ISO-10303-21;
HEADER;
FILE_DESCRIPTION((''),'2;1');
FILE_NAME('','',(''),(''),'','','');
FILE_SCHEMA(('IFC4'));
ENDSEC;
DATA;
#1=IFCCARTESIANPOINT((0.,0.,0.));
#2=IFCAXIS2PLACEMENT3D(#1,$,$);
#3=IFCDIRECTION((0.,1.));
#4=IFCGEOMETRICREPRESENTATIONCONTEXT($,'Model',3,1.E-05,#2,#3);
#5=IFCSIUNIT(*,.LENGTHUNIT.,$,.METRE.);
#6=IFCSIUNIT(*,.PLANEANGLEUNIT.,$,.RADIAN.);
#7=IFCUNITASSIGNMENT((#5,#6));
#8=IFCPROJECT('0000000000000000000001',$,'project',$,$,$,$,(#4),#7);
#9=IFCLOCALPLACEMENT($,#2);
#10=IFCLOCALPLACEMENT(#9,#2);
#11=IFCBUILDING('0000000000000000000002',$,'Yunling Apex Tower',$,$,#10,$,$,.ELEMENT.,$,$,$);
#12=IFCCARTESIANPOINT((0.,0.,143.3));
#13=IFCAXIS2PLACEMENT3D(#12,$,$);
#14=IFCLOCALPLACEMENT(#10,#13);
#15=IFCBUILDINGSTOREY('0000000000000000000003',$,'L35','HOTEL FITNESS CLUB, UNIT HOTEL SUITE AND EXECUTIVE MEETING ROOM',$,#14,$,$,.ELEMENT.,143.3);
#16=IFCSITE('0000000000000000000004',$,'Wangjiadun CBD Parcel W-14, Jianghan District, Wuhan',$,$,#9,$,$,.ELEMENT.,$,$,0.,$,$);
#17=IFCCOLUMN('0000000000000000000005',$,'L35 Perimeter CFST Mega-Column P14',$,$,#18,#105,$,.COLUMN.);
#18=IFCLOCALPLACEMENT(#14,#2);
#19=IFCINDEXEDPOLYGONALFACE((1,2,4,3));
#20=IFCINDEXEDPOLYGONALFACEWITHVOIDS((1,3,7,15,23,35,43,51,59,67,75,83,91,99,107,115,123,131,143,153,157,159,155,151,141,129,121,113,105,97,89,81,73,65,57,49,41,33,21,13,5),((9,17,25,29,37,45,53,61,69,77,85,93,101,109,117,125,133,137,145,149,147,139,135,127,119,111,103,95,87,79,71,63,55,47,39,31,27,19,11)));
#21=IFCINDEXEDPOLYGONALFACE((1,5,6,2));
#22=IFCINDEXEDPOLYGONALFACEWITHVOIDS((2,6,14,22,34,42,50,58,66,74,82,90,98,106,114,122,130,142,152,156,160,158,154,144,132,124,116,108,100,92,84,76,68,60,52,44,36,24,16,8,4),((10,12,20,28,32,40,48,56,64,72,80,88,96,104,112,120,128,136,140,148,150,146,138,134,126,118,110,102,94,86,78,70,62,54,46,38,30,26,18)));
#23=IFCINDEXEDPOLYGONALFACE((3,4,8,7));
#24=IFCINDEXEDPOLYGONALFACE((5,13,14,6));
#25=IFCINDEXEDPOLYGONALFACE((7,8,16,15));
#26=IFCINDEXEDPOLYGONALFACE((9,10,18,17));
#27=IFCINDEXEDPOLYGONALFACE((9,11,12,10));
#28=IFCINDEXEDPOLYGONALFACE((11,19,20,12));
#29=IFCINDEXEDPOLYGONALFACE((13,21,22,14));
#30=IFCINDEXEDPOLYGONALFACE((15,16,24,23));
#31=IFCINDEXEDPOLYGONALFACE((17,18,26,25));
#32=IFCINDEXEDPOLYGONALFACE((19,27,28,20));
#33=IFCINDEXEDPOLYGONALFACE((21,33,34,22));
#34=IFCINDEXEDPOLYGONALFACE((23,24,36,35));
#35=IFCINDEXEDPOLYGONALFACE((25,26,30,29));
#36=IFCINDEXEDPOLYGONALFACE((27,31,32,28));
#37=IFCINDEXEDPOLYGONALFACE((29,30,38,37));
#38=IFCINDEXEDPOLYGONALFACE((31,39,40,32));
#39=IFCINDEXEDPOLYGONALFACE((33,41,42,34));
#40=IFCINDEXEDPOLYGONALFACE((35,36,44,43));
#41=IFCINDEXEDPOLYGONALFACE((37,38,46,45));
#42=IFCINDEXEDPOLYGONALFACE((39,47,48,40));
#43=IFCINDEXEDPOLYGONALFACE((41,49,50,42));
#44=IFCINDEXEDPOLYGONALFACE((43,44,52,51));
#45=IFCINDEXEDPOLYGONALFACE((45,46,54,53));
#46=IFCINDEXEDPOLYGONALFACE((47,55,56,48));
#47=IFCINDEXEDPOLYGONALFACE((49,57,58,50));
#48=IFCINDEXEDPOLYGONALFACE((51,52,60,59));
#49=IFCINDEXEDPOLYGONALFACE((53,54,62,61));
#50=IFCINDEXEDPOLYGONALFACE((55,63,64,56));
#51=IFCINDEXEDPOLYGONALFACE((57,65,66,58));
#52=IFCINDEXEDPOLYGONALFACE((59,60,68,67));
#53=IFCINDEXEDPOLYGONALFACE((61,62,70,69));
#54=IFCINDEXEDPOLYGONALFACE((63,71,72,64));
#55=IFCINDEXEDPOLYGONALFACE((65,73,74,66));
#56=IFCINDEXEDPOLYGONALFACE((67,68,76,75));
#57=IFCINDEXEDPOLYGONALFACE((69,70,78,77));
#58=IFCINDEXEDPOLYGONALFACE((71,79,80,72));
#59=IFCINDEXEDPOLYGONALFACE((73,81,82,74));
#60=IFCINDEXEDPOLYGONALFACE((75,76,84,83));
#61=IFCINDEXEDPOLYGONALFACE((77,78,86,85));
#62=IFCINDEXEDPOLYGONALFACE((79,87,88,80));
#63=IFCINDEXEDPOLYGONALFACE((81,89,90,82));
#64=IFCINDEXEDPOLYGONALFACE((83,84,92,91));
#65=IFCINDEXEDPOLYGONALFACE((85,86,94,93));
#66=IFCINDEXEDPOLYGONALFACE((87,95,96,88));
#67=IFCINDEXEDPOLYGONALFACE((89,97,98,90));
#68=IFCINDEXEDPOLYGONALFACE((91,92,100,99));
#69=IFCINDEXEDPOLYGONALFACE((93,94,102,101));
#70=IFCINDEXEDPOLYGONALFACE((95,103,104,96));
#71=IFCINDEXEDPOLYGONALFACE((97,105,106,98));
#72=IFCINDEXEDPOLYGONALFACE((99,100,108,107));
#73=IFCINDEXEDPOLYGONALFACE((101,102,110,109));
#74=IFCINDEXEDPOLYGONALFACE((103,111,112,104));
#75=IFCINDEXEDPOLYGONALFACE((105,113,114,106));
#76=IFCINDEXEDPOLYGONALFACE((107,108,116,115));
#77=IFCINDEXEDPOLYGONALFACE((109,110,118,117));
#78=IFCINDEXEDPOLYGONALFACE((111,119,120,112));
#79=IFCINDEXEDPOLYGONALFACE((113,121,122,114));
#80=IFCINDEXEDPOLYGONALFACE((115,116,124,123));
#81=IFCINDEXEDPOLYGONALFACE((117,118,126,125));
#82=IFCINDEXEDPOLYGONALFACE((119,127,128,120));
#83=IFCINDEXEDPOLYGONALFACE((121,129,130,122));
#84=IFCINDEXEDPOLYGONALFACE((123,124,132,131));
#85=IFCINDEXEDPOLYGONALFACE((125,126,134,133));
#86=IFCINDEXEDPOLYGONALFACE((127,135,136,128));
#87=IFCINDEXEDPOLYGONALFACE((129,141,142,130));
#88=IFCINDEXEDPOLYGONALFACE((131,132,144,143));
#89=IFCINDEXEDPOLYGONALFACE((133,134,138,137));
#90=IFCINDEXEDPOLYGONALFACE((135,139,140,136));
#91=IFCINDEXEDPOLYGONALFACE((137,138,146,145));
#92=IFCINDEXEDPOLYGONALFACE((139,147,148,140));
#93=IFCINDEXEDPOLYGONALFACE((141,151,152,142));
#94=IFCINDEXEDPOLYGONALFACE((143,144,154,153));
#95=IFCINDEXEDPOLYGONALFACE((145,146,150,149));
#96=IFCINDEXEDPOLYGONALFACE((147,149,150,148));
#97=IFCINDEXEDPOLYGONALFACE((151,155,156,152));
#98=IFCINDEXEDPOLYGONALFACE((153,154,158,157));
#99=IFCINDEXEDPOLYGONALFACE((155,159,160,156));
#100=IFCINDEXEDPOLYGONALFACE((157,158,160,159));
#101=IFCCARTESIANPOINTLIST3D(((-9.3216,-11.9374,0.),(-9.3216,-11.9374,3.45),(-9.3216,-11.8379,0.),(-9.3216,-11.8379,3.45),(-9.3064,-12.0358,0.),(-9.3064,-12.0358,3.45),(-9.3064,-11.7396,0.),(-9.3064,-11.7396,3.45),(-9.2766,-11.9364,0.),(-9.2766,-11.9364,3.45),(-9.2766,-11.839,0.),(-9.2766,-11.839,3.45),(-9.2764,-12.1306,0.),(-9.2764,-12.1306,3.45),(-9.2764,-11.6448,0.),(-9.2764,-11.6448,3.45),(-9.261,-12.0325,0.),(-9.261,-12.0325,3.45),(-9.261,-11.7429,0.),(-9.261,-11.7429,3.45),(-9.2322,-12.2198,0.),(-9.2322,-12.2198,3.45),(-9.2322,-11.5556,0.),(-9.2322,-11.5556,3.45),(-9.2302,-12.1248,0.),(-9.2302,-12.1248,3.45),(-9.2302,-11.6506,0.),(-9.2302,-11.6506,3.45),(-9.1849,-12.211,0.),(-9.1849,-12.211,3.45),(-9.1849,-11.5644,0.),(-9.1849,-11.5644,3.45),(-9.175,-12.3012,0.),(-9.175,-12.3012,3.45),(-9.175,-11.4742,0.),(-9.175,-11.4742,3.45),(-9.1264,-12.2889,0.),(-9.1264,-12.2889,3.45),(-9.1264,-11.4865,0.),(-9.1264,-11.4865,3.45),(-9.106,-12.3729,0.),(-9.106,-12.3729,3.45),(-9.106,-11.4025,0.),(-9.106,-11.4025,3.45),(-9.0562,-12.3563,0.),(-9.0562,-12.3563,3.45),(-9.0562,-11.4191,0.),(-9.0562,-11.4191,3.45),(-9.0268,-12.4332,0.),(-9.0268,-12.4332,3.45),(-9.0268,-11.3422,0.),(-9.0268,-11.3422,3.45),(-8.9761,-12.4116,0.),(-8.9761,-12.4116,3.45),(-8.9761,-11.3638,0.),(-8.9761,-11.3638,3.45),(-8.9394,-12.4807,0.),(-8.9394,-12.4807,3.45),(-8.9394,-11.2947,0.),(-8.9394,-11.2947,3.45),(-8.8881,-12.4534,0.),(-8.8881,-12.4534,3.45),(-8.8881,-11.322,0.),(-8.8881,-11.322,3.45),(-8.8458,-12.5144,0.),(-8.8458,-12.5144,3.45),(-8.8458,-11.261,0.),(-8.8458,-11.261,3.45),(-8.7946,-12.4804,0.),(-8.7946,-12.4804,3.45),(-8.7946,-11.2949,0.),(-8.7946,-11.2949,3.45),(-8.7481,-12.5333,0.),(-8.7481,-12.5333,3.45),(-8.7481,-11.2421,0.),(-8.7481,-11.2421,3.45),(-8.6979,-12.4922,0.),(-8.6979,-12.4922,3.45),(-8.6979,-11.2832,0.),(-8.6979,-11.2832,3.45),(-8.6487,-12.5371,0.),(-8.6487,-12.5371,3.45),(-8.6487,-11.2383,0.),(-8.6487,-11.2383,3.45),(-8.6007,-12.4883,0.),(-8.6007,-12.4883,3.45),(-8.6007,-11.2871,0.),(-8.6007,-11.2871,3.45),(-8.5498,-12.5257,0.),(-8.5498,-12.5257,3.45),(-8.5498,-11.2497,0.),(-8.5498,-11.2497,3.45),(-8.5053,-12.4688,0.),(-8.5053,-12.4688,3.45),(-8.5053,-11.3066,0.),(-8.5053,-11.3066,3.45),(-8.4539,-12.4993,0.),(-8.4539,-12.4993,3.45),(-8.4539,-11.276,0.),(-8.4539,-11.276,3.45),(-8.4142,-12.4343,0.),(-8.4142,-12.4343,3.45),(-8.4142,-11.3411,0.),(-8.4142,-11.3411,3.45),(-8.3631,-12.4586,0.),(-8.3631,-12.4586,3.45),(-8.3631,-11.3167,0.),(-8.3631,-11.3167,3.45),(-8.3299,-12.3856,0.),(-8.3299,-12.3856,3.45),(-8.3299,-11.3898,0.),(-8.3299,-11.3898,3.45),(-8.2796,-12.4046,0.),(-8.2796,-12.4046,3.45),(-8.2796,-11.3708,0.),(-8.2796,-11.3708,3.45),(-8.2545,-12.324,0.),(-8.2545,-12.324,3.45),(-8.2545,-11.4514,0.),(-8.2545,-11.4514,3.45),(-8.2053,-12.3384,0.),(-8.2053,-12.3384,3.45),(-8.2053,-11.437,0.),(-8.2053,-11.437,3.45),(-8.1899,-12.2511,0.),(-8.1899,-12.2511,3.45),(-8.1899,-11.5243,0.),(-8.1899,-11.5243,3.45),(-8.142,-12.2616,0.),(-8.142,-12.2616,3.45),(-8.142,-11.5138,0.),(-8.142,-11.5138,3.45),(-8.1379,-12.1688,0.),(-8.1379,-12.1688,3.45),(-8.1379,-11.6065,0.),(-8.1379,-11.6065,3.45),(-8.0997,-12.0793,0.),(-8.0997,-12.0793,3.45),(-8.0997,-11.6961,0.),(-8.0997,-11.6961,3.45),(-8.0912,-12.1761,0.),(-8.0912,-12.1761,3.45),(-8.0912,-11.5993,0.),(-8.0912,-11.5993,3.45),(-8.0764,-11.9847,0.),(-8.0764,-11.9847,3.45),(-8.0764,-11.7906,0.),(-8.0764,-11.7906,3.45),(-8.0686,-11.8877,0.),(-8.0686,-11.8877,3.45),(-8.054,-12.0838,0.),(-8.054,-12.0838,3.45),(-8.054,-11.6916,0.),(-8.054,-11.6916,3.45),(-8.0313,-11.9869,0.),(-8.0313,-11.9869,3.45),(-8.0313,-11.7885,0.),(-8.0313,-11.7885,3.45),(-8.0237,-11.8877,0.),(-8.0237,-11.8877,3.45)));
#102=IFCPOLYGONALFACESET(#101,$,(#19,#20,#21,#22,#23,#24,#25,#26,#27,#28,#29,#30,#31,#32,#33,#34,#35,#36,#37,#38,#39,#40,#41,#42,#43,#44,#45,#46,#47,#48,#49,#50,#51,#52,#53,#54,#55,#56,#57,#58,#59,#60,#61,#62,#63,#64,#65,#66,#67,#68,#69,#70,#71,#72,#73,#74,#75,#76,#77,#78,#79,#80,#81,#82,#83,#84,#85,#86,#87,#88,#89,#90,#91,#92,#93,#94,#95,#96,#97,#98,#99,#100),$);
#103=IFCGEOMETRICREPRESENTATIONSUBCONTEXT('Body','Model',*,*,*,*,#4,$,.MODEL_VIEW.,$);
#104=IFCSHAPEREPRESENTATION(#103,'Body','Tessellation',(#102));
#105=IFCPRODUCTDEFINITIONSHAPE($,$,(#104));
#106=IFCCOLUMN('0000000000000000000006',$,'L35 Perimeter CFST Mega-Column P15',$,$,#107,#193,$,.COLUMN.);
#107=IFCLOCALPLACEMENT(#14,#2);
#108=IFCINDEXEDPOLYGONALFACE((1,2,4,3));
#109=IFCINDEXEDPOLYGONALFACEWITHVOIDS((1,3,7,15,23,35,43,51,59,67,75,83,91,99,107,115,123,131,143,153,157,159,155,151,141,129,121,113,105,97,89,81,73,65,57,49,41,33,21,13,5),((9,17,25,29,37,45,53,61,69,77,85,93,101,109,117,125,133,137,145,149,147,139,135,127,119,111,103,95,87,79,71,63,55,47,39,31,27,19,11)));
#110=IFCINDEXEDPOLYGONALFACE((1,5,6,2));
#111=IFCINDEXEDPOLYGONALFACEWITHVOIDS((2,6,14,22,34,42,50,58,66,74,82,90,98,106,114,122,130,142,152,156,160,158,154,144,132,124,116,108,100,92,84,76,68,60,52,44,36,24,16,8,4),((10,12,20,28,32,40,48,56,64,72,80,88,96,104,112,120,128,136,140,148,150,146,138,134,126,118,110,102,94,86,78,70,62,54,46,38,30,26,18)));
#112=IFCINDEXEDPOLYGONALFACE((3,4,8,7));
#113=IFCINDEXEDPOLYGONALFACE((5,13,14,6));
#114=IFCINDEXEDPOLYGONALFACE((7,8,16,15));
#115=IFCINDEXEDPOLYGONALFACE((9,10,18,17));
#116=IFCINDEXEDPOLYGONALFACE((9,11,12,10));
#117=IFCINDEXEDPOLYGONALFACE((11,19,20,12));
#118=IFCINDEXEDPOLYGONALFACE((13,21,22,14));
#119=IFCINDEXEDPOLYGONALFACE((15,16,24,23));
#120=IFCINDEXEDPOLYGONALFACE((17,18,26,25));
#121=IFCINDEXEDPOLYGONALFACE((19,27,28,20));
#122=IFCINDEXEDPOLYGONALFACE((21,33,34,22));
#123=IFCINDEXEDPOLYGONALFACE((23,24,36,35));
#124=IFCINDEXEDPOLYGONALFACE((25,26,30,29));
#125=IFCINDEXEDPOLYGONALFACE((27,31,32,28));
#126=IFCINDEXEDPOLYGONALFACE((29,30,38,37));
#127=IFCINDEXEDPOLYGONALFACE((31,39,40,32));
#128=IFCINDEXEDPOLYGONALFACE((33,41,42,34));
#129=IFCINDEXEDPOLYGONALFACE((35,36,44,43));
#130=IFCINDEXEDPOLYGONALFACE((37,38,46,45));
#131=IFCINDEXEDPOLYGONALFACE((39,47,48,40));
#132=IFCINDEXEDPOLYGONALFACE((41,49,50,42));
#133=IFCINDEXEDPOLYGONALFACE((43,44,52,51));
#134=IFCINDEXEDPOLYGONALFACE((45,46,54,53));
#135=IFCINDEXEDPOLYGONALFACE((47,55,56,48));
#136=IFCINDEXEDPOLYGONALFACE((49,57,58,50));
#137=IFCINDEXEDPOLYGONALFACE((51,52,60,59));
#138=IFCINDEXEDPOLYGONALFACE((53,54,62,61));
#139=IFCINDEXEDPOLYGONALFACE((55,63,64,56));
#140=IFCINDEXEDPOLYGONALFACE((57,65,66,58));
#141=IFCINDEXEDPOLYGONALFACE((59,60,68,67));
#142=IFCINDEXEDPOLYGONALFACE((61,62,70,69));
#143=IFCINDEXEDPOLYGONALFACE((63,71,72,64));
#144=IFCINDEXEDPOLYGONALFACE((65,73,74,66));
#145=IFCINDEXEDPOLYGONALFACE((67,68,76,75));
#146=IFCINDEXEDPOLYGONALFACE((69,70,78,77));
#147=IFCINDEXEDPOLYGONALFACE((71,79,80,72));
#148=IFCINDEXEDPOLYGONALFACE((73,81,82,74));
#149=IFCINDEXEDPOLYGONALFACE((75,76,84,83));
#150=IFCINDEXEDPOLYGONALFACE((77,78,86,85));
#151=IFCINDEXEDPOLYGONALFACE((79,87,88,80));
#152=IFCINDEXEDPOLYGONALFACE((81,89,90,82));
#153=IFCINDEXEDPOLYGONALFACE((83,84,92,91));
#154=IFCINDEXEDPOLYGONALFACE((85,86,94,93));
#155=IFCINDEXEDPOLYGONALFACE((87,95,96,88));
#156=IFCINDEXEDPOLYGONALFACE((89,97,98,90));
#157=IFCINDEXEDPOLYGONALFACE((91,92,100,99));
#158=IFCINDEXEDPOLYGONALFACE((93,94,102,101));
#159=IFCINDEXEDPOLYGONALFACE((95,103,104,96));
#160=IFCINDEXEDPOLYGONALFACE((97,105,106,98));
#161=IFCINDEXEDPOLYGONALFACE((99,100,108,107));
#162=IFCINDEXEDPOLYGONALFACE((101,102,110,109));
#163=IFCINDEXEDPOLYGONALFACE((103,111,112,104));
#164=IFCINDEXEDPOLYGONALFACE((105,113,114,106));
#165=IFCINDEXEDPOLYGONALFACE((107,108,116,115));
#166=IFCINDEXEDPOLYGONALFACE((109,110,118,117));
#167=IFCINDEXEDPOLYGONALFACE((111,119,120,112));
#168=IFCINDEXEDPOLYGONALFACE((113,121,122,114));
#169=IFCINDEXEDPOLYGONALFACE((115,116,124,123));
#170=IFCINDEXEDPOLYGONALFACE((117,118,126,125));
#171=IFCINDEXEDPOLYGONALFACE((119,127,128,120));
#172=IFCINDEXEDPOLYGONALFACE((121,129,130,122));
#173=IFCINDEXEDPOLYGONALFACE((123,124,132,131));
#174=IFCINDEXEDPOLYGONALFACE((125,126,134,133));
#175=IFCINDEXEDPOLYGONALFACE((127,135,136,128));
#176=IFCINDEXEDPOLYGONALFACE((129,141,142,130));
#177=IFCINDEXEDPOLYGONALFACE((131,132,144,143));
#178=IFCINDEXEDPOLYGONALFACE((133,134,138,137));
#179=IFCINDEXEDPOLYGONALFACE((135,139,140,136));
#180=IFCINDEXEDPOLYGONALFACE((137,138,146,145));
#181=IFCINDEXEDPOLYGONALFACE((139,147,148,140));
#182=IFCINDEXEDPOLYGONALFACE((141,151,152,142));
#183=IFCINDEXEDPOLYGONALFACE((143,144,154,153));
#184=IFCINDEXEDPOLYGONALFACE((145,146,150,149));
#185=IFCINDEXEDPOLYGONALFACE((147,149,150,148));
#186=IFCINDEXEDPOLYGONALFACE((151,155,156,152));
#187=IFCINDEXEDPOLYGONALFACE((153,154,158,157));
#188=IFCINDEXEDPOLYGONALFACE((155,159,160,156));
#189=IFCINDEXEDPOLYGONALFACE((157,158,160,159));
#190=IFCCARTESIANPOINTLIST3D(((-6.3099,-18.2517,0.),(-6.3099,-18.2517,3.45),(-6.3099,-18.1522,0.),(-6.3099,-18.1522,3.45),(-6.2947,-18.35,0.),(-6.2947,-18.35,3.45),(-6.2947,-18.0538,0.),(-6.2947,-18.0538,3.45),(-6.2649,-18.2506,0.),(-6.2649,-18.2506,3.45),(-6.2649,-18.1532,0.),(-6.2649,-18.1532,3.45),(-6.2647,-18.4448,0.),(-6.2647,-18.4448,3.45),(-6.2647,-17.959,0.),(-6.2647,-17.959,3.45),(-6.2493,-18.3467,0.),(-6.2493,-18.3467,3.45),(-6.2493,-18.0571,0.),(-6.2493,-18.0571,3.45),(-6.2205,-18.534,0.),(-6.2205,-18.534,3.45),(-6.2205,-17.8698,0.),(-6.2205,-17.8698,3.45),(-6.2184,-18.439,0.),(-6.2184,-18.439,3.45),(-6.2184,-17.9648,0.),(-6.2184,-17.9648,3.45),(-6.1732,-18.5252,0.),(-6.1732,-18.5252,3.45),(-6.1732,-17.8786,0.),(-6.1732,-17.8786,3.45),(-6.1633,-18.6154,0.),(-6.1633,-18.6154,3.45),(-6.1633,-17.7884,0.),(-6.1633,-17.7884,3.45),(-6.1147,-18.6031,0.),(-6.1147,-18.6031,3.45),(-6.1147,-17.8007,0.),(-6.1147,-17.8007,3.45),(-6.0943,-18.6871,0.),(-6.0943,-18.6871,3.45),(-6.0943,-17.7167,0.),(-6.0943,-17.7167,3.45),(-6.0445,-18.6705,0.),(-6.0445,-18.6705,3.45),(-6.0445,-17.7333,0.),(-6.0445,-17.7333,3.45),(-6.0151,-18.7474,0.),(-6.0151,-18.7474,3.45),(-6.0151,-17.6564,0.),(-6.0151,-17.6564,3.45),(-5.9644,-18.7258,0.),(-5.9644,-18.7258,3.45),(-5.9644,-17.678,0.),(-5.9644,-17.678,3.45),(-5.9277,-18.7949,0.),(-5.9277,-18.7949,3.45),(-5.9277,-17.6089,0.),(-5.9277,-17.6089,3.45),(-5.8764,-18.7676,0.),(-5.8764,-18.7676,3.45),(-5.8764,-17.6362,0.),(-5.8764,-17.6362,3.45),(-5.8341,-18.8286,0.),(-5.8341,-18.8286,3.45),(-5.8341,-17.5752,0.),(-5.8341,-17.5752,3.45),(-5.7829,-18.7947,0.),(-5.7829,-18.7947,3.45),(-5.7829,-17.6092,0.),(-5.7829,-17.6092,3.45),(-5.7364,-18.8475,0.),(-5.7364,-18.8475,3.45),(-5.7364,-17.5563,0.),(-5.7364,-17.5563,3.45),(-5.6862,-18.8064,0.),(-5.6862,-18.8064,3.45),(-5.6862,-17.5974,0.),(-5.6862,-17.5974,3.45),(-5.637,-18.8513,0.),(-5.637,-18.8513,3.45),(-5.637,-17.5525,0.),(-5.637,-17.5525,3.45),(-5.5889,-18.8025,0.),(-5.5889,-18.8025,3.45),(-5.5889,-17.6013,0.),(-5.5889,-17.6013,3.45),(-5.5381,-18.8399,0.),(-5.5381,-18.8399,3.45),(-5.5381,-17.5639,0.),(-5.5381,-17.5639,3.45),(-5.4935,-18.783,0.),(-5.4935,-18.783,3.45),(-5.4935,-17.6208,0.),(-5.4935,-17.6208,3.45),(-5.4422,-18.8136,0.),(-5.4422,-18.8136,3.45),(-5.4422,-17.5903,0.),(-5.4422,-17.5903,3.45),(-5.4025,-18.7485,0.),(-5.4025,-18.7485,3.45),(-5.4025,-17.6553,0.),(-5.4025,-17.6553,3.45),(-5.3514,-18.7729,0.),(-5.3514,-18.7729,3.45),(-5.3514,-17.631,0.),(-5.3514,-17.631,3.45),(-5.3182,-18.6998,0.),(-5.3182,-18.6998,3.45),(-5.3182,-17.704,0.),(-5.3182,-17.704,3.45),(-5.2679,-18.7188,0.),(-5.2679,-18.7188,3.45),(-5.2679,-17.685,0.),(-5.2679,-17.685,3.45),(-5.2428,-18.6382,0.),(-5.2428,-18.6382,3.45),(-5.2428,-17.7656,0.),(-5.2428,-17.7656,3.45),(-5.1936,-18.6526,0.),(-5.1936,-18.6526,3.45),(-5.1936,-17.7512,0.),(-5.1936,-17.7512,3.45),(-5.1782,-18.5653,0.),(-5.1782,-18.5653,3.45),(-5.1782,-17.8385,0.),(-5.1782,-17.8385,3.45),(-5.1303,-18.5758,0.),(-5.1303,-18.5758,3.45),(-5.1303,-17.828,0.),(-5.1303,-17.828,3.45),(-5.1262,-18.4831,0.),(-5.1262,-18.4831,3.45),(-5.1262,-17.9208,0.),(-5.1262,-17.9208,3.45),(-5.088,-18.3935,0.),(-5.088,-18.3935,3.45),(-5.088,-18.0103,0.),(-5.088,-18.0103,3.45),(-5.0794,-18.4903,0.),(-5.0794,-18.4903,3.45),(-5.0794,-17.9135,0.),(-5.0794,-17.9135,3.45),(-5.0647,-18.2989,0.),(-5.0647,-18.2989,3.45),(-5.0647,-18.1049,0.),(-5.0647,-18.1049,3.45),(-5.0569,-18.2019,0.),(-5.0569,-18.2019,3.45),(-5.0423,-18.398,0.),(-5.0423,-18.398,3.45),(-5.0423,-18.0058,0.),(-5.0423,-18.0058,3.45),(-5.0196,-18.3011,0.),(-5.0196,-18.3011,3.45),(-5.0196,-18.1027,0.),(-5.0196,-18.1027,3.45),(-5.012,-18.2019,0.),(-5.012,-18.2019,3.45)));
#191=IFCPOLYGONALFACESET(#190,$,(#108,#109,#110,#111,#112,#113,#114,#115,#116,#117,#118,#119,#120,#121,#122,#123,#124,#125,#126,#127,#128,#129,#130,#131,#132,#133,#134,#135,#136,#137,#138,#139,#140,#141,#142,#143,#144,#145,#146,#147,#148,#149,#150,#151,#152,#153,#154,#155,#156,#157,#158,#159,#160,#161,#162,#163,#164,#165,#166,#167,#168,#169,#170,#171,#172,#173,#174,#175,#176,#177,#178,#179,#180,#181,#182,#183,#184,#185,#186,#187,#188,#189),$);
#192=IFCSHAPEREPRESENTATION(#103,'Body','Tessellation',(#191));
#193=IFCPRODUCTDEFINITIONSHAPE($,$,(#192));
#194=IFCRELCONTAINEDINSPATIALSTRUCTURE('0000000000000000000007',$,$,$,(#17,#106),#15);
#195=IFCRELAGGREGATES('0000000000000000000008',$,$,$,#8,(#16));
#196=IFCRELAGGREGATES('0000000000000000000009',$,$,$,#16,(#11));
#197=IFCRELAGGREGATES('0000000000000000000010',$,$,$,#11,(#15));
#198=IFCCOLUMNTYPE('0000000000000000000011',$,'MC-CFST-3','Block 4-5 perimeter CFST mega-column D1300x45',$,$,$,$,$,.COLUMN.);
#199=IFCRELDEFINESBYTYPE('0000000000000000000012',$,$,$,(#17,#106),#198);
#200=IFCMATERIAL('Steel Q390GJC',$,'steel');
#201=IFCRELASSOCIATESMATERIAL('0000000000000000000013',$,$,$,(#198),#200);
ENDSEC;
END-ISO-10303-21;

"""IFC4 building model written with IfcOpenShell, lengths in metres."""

from ifc_helpers import new_model, si_unit, direction, frame, origin, origin_2d, place, context, subcontext, project, spatial, hollow_circle, extrude, source, transform, mapped, material, material_profile, profile_set, type_object, element, save


model = new_model("IFC4")

# Units and contexts
model_context = context("Model", 3, precision=1e-05, world=origin(), true_north=direction((0.0, 1.0)))
body_context = subcontext(model_context, "Body", "Model", "MODEL_VIEW")
ifc_project = project(units=[si_unit("LENGTHUNIT", "METRE"), si_unit("PLANEANGLEUNIT", "RADIAN")], contexts=[model_context])

# Site, building, storey
site_placement = place(None, origin())
site = spatial("IfcSite", under=ifc_project, at=site_placement, Name="Wangjiadun CBD Parcel W-14, Jianghan District, Wuhan", CompositionType="ELEMENT", RefElevation=0.0)
building_placement = place(site_placement, origin())
building = spatial("IfcBuilding", under=site, at=building_placement, Name="Yunling Apex Tower", CompositionType="ELEMENT")
storey_placement = place(building_placement, frame((0.0, 0.0, 143.3)))
storey = spatial("IfcBuildingStorey", under=building, at=storey_placement, Name="L35", Description="HOTEL FITNESS CLUB, UNIT HOTEL SUITE AND EXECUTIVE MEETING ROOM", CompositionType="ELEMENT", Elevation=143.3)

# Columns
ifc_material_1 = material(Name="Steel Q390GJC", Category="steel")
ifc_material_profile_1 = material_profile(ifc_material_1, hollow_circle(Radius=0.6499, WallThickness=0.0449, at=origin_2d()))
ifc_profile_set_1 = profile_set([ifc_material_profile_1], Name="Steel Q390GJC")
column_type = type_object("IfcColumnType", Name="MC-CFST-3", Description="Block 4-5 perimeter CFST mega-column D1300x45", PredefinedType="COLUMN", material=ifc_profile_set_1)
shared_shape_1 = source(origin(), body_context, "Body", "SweptSolid", [
    extrude(hollow_circle(Radius=0.6499, WallThickness=0.0449, at=origin_2d()), origin(), (0.0, 0.0, 1.0), 3.45),
])
for number, where, z_axis, x_axis, name in (
    (1, (-8.6736, -11.8877, 0.0), (0.0, 0.0, 1.0), (1.0, 0.0, 0.0), "L35 Perimeter CFST Mega-Column P14"),
    (2, (-5.6619, -18.2019, 0.0), (0.0, 0.0, 1.0), (1.0, 0.0, 0.0), "L35 Perimeter CFST Mega-Column P15"),
):
    element("IfcColumn", number, at=place(storey_placement, frame(where, z_axis=z_axis, x_axis=x_axis)), inside=storey, type_object=column_type, Name=name, PredefinedType="COLUMN", context=body_context, shape_type="MappedRepresentation", body=[
        mapped(shared_shape_1, transform((0.0, 0.0, 0.0), scale=1.0)),
    ])

save(model, "model.ifc")
